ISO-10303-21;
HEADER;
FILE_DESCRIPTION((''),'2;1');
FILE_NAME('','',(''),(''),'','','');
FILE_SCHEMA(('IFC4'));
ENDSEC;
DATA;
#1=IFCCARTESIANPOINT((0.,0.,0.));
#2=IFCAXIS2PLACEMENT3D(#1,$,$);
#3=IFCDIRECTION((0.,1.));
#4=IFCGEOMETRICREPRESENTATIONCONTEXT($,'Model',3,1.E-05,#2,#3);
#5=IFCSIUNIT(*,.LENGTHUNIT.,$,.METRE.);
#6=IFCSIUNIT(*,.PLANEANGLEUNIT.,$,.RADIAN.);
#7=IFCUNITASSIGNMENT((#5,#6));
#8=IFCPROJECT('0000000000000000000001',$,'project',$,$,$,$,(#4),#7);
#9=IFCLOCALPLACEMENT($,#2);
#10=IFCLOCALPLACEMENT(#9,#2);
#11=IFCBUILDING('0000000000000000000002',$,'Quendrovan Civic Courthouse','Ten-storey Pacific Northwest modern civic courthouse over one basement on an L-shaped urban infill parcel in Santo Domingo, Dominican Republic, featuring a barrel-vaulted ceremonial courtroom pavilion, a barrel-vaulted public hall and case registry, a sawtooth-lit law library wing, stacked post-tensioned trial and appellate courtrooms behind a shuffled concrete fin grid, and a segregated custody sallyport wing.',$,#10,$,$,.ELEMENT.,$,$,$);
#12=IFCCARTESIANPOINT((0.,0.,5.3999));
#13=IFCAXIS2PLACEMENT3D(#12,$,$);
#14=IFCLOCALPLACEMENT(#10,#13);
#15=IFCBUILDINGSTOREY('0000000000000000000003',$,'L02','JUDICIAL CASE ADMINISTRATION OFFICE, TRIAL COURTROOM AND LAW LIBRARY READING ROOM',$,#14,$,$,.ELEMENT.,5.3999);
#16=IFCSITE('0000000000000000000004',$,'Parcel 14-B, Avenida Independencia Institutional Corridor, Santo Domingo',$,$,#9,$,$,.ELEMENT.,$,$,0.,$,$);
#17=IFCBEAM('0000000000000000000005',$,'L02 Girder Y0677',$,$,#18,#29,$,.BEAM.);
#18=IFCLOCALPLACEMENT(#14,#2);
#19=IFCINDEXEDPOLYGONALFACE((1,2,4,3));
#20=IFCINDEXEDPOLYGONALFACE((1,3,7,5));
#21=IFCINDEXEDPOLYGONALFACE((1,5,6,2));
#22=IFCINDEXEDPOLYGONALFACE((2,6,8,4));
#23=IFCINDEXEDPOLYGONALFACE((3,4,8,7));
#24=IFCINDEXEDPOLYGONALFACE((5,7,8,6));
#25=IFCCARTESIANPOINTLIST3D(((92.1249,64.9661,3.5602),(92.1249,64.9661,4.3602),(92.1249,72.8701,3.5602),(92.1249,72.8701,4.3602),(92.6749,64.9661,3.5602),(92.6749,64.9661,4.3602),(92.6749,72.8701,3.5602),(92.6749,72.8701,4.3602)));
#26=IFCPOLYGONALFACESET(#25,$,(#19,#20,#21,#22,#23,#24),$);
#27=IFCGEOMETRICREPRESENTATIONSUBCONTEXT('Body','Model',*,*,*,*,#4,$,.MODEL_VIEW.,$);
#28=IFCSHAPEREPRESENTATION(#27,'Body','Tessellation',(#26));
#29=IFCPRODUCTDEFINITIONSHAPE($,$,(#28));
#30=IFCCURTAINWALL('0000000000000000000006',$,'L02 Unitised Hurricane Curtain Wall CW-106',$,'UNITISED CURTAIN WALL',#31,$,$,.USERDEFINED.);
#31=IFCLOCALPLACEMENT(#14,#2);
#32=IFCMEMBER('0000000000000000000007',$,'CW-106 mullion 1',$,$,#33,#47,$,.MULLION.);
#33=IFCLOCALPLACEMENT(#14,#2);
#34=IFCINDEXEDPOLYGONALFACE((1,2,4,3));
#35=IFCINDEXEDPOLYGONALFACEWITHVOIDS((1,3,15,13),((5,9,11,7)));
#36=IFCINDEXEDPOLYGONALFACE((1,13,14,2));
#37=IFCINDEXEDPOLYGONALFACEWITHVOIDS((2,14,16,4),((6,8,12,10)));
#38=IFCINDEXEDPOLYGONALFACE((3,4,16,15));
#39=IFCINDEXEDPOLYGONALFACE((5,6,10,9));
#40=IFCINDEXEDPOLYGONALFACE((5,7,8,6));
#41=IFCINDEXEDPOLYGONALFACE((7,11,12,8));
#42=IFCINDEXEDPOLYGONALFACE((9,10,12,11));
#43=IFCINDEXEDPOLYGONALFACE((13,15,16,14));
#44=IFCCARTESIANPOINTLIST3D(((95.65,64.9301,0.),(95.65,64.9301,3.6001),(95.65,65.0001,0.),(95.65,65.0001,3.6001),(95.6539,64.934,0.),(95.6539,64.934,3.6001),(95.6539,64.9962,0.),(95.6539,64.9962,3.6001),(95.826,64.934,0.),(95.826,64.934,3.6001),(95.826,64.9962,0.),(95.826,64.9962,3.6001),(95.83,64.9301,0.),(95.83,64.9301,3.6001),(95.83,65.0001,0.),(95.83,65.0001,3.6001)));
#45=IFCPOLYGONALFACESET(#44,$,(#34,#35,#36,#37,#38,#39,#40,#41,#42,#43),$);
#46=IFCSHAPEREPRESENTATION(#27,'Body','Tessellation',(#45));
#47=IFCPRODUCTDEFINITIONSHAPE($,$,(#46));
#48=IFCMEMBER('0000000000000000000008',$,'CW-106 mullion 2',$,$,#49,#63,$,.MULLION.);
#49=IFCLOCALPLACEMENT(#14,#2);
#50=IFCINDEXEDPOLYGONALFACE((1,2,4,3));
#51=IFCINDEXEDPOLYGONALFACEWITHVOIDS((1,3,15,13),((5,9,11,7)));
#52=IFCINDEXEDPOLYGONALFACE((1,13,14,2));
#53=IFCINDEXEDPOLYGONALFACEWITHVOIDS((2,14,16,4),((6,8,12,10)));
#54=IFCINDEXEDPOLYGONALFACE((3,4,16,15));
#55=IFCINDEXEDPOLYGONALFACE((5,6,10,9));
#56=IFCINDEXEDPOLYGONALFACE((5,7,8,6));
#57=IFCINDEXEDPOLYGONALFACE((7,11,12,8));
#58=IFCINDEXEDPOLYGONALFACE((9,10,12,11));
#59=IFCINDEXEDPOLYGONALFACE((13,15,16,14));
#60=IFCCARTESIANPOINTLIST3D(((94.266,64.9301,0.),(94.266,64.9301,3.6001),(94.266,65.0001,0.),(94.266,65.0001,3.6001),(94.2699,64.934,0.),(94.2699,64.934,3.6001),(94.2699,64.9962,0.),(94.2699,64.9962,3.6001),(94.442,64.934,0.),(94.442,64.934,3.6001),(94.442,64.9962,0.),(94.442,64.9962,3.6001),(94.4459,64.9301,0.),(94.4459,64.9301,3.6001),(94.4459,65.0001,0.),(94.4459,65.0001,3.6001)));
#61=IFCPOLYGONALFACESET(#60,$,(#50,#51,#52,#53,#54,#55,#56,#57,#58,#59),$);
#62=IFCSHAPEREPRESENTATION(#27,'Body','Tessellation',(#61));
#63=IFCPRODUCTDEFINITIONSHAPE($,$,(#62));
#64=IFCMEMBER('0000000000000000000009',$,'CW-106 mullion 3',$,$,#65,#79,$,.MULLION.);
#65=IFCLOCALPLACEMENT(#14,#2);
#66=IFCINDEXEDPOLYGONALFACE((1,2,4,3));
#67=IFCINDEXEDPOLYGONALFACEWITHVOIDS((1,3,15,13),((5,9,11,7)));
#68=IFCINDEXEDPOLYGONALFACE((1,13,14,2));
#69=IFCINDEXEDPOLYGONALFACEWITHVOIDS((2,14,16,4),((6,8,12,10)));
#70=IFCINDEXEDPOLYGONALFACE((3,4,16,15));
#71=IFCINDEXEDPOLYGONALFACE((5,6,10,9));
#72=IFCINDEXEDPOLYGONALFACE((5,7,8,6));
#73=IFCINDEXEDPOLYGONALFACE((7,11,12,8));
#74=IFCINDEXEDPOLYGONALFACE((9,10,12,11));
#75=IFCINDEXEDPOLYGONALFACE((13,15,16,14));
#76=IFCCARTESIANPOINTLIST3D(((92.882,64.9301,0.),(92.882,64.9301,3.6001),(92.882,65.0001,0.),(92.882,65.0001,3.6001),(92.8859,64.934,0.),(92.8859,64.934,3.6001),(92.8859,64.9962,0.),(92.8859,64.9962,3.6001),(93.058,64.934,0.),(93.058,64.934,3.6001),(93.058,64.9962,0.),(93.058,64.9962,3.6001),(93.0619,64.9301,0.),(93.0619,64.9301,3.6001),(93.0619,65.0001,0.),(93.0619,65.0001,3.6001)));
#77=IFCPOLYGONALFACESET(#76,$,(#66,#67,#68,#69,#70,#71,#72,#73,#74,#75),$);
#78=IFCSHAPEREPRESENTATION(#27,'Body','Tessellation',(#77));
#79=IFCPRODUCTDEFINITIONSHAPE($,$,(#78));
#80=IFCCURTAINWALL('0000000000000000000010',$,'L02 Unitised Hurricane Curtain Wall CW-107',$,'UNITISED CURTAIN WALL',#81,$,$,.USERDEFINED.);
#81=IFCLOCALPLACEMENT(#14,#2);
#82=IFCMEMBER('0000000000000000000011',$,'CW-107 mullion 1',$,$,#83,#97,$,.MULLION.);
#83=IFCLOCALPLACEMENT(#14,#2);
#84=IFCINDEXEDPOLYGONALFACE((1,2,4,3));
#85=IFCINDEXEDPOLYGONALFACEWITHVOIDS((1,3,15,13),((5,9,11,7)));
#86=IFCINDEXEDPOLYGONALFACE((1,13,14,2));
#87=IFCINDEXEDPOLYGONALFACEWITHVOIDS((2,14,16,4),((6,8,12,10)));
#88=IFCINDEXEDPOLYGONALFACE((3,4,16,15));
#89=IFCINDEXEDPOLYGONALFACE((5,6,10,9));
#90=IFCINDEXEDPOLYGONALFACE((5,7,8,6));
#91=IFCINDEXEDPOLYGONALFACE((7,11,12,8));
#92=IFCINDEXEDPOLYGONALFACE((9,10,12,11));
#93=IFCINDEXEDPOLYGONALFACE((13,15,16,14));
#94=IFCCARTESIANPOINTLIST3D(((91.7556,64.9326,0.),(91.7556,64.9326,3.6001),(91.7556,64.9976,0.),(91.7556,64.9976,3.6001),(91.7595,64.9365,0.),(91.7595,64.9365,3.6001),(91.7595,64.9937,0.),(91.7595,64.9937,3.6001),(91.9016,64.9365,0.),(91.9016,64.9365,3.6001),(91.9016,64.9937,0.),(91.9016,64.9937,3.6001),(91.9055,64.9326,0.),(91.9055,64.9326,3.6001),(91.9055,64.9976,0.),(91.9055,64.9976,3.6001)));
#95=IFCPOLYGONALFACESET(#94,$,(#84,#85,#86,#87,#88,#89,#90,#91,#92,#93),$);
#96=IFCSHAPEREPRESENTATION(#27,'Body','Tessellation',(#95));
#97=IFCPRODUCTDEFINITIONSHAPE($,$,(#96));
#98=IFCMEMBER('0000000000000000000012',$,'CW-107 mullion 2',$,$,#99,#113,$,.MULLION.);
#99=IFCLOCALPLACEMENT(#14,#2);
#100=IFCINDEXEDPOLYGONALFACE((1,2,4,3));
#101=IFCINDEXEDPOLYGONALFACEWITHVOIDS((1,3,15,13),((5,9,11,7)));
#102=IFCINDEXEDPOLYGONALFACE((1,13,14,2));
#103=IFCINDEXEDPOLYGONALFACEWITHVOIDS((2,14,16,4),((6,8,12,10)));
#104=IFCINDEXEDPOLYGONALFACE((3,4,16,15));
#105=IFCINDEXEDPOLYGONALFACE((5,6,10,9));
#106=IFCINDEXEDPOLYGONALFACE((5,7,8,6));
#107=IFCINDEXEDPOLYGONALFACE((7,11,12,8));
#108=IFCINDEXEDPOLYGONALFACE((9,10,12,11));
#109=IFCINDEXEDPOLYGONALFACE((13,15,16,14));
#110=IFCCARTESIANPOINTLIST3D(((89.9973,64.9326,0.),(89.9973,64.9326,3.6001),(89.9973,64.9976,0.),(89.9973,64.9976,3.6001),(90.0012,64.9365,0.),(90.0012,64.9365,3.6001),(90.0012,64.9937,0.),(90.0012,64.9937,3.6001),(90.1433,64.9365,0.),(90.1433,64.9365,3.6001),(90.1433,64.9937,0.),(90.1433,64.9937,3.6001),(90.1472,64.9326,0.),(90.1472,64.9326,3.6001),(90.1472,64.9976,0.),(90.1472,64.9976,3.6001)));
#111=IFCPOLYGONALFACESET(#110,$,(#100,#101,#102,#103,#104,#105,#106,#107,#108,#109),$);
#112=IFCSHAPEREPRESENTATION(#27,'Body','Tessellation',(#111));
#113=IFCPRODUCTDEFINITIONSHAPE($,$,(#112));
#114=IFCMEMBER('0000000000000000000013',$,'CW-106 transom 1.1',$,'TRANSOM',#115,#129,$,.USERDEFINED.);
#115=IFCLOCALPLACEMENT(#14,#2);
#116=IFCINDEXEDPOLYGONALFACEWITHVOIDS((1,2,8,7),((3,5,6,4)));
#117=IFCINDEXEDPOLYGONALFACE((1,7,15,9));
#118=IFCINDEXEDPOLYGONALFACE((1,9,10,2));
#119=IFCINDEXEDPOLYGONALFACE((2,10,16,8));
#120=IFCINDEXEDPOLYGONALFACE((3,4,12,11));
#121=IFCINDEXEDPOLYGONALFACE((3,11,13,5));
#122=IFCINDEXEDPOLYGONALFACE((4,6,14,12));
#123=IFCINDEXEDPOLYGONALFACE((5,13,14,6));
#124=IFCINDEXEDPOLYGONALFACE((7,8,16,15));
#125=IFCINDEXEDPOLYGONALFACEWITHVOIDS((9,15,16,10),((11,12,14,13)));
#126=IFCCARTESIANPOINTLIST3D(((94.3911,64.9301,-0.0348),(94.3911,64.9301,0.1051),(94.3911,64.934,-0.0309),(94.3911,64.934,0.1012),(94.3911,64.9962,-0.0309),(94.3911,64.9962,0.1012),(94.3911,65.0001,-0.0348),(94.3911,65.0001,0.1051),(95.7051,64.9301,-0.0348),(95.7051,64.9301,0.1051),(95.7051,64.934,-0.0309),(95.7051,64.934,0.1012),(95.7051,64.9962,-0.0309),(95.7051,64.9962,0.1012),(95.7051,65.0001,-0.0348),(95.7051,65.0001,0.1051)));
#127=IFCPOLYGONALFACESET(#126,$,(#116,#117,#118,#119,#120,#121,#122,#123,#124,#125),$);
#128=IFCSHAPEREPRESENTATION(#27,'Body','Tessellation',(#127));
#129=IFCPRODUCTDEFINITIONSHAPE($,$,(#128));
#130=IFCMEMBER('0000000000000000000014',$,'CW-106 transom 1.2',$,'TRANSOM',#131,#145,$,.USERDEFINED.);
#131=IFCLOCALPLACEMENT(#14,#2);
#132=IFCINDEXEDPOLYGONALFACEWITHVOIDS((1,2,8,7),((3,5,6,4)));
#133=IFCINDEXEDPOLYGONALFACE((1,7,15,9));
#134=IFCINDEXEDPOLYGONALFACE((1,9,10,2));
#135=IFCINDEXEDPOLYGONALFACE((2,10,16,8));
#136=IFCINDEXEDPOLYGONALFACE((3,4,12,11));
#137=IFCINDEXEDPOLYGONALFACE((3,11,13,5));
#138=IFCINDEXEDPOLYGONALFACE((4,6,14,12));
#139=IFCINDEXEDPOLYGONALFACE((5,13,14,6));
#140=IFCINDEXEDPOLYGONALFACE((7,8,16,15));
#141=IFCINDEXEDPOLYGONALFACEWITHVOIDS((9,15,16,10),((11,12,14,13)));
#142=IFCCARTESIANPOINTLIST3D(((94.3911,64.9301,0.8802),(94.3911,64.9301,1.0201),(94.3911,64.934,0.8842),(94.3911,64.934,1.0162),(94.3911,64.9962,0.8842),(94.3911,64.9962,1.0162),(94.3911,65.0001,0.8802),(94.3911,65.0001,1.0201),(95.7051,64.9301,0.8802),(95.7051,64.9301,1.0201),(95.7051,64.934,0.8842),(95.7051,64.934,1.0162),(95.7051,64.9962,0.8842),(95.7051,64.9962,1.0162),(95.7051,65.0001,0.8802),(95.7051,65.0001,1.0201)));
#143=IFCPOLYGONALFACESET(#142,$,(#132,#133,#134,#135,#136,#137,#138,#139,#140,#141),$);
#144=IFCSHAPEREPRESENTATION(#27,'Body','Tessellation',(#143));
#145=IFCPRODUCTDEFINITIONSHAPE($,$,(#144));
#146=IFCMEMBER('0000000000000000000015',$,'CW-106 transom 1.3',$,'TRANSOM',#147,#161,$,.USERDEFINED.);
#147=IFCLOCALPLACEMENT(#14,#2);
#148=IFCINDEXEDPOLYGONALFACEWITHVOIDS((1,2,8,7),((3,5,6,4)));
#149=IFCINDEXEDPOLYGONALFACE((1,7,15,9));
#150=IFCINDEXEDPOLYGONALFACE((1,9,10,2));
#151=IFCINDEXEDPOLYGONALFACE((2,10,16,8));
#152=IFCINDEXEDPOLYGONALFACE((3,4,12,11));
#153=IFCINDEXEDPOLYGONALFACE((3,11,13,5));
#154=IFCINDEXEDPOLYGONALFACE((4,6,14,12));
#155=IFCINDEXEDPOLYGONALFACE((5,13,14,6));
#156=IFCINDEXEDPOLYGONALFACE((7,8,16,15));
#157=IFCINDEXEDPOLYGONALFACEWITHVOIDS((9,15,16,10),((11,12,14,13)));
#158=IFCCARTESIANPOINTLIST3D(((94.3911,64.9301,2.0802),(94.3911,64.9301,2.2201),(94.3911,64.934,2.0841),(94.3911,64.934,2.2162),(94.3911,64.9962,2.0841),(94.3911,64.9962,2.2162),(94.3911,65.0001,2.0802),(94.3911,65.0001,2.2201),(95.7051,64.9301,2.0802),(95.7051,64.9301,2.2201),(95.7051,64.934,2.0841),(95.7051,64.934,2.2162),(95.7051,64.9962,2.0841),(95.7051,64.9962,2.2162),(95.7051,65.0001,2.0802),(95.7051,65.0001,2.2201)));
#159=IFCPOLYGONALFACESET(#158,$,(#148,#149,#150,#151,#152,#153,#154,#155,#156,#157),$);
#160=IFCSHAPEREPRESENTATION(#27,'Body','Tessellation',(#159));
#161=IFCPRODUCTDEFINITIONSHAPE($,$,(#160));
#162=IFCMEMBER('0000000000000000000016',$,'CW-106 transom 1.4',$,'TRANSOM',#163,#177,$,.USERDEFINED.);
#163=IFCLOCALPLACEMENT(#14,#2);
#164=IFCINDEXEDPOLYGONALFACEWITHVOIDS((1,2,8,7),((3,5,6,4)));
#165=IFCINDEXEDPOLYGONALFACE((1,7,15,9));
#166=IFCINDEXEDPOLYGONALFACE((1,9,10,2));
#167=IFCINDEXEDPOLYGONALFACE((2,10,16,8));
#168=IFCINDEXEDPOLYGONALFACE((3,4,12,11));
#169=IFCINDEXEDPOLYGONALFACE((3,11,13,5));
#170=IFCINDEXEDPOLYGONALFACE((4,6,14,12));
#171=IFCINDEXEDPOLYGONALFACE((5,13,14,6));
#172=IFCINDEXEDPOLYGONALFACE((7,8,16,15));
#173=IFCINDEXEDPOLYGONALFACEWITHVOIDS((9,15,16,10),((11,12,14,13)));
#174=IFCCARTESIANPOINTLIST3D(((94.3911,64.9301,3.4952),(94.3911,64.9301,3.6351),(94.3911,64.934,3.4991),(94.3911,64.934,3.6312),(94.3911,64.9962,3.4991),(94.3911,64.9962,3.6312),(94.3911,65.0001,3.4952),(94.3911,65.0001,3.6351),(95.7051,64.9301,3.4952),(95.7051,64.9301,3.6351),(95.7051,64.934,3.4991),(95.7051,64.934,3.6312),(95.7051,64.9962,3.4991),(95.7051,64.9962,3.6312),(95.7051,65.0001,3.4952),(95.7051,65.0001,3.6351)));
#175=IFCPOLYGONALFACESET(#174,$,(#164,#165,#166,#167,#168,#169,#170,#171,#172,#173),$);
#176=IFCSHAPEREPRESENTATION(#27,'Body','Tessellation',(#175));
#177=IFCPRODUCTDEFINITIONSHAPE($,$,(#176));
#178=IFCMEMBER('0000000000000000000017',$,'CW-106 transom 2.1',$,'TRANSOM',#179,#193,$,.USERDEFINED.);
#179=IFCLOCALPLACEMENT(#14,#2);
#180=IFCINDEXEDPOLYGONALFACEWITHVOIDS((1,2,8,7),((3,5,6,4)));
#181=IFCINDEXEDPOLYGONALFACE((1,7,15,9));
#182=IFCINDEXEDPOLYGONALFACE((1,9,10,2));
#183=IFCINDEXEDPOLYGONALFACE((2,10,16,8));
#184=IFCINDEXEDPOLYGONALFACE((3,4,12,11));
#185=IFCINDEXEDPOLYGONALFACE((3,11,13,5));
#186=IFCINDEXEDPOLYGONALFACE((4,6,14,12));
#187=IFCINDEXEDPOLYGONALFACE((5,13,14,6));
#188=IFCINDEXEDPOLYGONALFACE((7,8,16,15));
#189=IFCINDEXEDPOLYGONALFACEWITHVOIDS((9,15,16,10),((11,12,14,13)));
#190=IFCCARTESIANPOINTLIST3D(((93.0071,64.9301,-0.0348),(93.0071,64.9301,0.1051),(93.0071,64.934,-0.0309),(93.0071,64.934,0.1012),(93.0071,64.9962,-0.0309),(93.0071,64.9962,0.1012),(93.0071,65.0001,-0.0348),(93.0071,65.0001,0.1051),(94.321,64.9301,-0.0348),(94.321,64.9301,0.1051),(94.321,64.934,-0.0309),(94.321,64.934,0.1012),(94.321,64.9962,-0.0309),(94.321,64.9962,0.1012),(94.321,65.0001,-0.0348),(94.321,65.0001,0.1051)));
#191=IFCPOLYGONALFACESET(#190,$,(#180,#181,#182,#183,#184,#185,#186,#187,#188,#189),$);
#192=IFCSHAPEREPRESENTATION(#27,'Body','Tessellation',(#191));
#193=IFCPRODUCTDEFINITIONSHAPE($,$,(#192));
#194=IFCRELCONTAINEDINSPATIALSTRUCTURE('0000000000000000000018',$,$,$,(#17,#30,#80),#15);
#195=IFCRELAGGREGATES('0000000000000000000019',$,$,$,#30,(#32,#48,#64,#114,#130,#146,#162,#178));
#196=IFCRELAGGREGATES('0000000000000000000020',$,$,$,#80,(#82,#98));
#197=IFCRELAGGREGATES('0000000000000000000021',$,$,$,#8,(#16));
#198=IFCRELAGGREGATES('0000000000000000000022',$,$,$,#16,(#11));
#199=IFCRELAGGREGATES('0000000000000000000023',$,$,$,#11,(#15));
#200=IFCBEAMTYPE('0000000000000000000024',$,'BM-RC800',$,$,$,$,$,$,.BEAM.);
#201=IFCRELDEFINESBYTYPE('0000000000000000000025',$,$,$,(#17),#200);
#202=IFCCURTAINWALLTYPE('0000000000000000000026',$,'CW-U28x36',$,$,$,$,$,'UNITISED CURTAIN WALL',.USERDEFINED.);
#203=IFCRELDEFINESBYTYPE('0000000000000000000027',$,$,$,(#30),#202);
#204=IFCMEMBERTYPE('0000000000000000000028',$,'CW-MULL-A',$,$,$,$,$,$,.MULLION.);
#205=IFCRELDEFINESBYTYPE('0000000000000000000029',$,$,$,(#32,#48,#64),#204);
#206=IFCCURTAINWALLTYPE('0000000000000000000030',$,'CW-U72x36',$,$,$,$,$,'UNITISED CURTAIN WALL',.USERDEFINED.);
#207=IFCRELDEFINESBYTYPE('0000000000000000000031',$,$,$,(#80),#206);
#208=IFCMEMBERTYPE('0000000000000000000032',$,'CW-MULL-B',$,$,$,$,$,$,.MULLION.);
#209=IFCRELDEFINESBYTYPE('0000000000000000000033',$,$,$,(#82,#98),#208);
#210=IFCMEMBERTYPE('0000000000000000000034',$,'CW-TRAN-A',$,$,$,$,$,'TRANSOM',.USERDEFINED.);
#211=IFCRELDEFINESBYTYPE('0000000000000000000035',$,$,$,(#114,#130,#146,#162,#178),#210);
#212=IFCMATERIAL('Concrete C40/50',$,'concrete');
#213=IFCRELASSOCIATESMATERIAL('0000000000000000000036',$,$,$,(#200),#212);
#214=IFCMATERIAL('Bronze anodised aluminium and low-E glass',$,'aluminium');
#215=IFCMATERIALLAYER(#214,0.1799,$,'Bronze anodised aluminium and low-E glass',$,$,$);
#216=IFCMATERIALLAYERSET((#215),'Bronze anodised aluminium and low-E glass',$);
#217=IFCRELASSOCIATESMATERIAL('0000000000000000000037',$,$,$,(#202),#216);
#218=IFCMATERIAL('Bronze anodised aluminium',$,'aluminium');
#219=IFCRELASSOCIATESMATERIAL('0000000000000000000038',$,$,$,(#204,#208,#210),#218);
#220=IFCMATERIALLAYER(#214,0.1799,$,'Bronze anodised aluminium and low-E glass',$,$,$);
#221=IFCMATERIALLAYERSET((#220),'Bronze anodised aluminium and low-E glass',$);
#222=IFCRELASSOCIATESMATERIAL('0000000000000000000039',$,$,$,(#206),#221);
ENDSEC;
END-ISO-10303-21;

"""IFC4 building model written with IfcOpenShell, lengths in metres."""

from ifc_helpers import new_model, si_unit, direction, frame, origin, origin_2d, place, context, subcontext, project, spatial, rectangle, hollow_rectangle, extrude, material, layer, layer_set, material_profile, profile_set, type_object, element, aggregate, save


model = new_model("IFC4")

# Units and contexts
model_context = context("Model", 3, precision=1e-05, world=origin(), true_north=direction((0.0, 1.0)))
body_context = subcontext(model_context, "Body", "Model", "MODEL_VIEW")
ifc_project = project(units=[si_unit("LENGTHUNIT", "METRE"), si_unit("PLANEANGLEUNIT", "RADIAN")], contexts=[model_context])

# Site, building, storey
site_placement = place(None, origin())
site = spatial("IfcSite", under=ifc_project, at=site_placement, Name="Parcel 14-B, Avenida Independencia Institutional Corridor, Santo Domingo", CompositionType="ELEMENT", RefElevation=0.0)
building_placement = place(site_placement, origin())
building = spatial("IfcBuilding", under=site, at=building_placement, Name="Quendrovan Civic Courthouse", Description="Ten-storey Pacific Northwest modern civic courthouse over one basement on an L-shaped urban infill parcel in Santo Domingo, Dominican Republic, featuring a barrel-vaulted ceremonial courtroom pavilion, a barrel-vaulted public hall and case registry, a sawtooth-lit law library wing, stacked post-tensioned trial and appellate courtrooms behind a shuffled concrete fin grid, and a segregated custody sallyport wing.", CompositionType="ELEMENT")
storey_placement = place(building_placement, frame((0.0, 0.0, 5.3999)))
storey = spatial("IfcBuildingStorey", under=building, at=storey_placement, Name="L02", Description="JUDICIAL CASE ADMINISTRATION OFFICE, TRIAL COURTROOM AND LAW LIBRARY READING ROOM", CompositionType="ELEMENT", Elevation=5.3999)

# Beam
ifc_material_1 = material(Name="Concrete C40/50", Category="concrete")
ifc_material_profile_1 = material_profile(ifc_material_1, rectangle(XDim=0.55, YDim=0.8, at=origin_2d()), Name="RC-BM-550x800")
ifc_profile_set_1 = profile_set([ifc_material_profile_1], Name="Concrete C40/50")
beam_type = type_object("IfcBeamType", Name="BM-RC800", PredefinedType="BEAM", material=ifc_profile_set_1)
beam_placement = place(storey_placement, frame((92.3999, 64.9661, 3.9602), z_axis=(0.0, 1.0, 0.0), x_axis=(-1.0, 0.0, 0.0)))
element("IfcBeam", 1, at=beam_placement, inside=storey, type_object=beam_type, Name="L02 Girder Y0677", PredefinedType="BEAM", context=body_context, shape_type="SweptSolid", body=[
    extrude(rectangle(XDim=0.55, YDim=0.8, at=origin_2d()), origin(), (0.0, 0.0, 1.0), 7.9041),
])

# Curtain walls, members
ifc_material_2 = material(Name="Bronze anodised aluminium and low-E glass", Category="aluminium")
ifc_layer_1 = layer(ifc_material_2, 0.1799, Name="Bronze anodised aluminium and low-E glass")
ifc_layer_set_1 = layer_set([ifc_layer_1], Name="Bronze anodised aluminium and low-E glass")
curtain_wall_type_1 = type_object("IfcCurtainWallType", Name="CW-U28x36", ElementType="UNITISED CURTAIN WALL", PredefinedType="USERDEFINED", material=ifc_layer_set_1)
curtain_wall_1_placement = place(storey_placement, origin())
curtain_wall_1 = element("IfcCurtainWall", 2, at=curtain_wall_1_placement, inside=storey, type_object=curtain_wall_type_1, Name="L02 Unitised Hurricane Curtain Wall CW-106", ObjectType="UNITISED CURTAIN WALL", PredefinedType="USERDEFINED")
ifc_material_3 = material(Name="Bronze anodised aluminium", Category="aluminium")
ifc_material_profile_2 = material_profile(ifc_material_3, hollow_rectangle(XDim=0.0701, YDim=0.1799, WallThickness=0.0039, at=origin_2d()), Name="CW-MULL-70x180")
ifc_profile_set_2 = profile_set([ifc_material_profile_2], Name="Bronze anodised aluminium")
member_type_1 = type_object("IfcMemberType", Name="CW-MULL-A", PredefinedType="MULLION", material=ifc_profile_set_2)
member_1_placement = place(storey_placement, frame((95.74, 64.9651, 0.0), z_axis=(0.0, 0.0, 1.0), x_axis=(0.0, -1.0, 0.0)))
member_1 = element("IfcMember", 3, at=member_1_placement, type_object=member_type_1, Name="CW-106 mullion 1", PredefinedType="MULLION", context=body_context, shape_type="SweptSolid", body=[
    extrude(hollow_rectangle(XDim=0.0701, YDim=0.1799, WallThickness=0.0039, at=origin_2d()), origin(), (0.0, 0.0, 1.0), 3.6001),
])
member_2_placement = place(storey_placement, frame((94.356, 64.9651, 0.0), z_axis=(0.0, 0.0, 1.0), x_axis=(0.0, -1.0, 0.0)))
member_2 = element("IfcMember", 4, at=member_2_placement, type_object=member_type_1, Name="CW-106 mullion 2", PredefinedType="MULLION", context=body_context, shape_type="SweptSolid", body=[
    extrude(hollow_rectangle(XDim=0.0701, YDim=0.1799, WallThickness=0.0039, at=origin_2d()), origin(), (0.0, 0.0, 1.0), 3.6001),
])
member_3_placement = place(storey_placement, frame((92.9719, 64.9651, 0.0), z_axis=(0.0, 0.0, 1.0), x_axis=(0.0, -1.0, 0.0)))
member_3 = element("IfcMember", 5, at=member_3_placement, type_object=member_type_1, Name="CW-106 mullion 3", PredefinedType="MULLION", context=body_context, shape_type="SweptSolid", body=[
    extrude(hollow_rectangle(XDim=0.0701, YDim=0.1799, WallThickness=0.0039, at=origin_2d()), origin(), (0.0, 0.0, 1.0), 3.6001),
])
ifc_layer_2 = layer(ifc_material_2, 0.1799, Name="Bronze anodised aluminium and low-E glass")
ifc_layer_set_2 = layer_set([ifc_layer_2], Name="Bronze anodised aluminium and low-E glass")
curtain_wall_type_2 = type_object("IfcCurtainWallType", Name="CW-U72x36", ElementType="UNITISED CURTAIN WALL", PredefinedType="USERDEFINED", material=ifc_layer_set_2)
curtain_wall_2_placement = place(storey_placement, origin())
curtain_wall_2 = element("IfcCurtainWall", 6, at=curtain_wall_2_placement, inside=storey, type_object=curtain_wall_type_2, Name="L02 Unitised Hurricane Curtain Wall CW-107", ObjectType="UNITISED CURTAIN WALL", PredefinedType="USERDEFINED")
ifc_material_profile_3 = material_profile(ifc_material_3, hollow_rectangle(XDim=0.0649, YDim=0.1499, WallThickness=0.0039, at=origin_2d()), Name="CW-MULL-65x150")
ifc_profile_set_3 = profile_set([ifc_material_profile_3], Name="Bronze anodised aluminium")
member_type_2 = type_object("IfcMemberType", Name="CW-MULL-B", PredefinedType="MULLION", material=ifc_profile_set_3)
member_4_placement = place(storey_placement, frame((91.8306, 64.9651, 0.0), z_axis=(0.0, 0.0, 1.0), x_axis=(0.0, -1.0, 0.0)))
member_4 = element("IfcMember", 7, at=member_4_placement, type_object=member_type_2, Name="CW-107 mullion 1", PredefinedType="MULLION", context=body_context, shape_type="SweptSolid", body=[
    extrude(hollow_rectangle(XDim=0.0649, YDim=0.1499, WallThickness=0.0039, at=origin_2d()), origin(), (0.0, 0.0, 1.0), 3.6001),
])
member_5_placement = place(storey_placement, frame((90.0723, 64.9651, 0.0), z_axis=(0.0, 0.0, 1.0), x_axis=(0.0, -1.0, 0.0)))
member_5 = element("IfcMember", 8, at=member_5_placement, type_object=member_type_2, Name="CW-107 mullion 2", PredefinedType="MULLION", context=body_context, shape_type="SweptSolid", body=[
    extrude(hollow_rectangle(XDim=0.0649, YDim=0.1499, WallThickness=0.0039, at=origin_2d()), origin(), (0.0, 0.0, 1.0), 3.6001),
])

# Members
ifc_material_profile_4 = material_profile(ifc_material_3, hollow_rectangle(XDim=0.0701, YDim=0.1399, WallThickness=0.0039, at=origin_2d()), Name="CW-TRAN-70x140")
ifc_profile_set_4 = profile_set([ifc_material_profile_4], Name="Bronze anodised aluminium")
member_type_3 = type_object("IfcMemberType", Name="CW-TRAN-A", ElementType="TRANSOM", PredefinedType="USERDEFINED", material=ifc_profile_set_4)
member_6_placement = place(storey_placement, frame((95.7051, 64.9651, 0.0352), z_axis=(-1.0, 0.0, 0.0), x_axis=(0.0, -1.0, 0.0)))
member_6 = element("IfcMember", 9, at=member_6_placement, type_object=member_type_3, Name="CW-106 transom 1.1", ObjectType="TRANSOM", PredefinedType="USERDEFINED", context=body_context, shape_type="SweptSolid", body=[
    extrude(hollow_rectangle(XDim=0.0701, YDim=0.1399, WallThickness=0.0039, at=origin_2d()), origin(), (0.0, 0.0, 1.0), 1.314),
])
member_7_placement = place(storey_placement, frame((95.7051, 64.9651, 0.9502), z_axis=(-1.0, 0.0, 0.0), x_axis=(0.0, -1.0, 0.0)))
member_7 = element("IfcMember", 10, at=member_7_placement, type_object=member_type_3, Name="CW-106 transom 1.2", ObjectType="TRANSOM", PredefinedType="USERDEFINED", context=body_context, shape_type="SweptSolid", body=[
    extrude(hollow_rectangle(XDim=0.0701, YDim=0.1399, WallThickness=0.0039, at=origin_2d()), origin(), (0.0, 0.0, 1.0), 1.314),
])
member_8_placement = place(storey_placement, frame((95.7051, 64.9651, 2.1501), z_axis=(-1.0, 0.0, 0.0), x_axis=(0.0, -1.0, 0.0)))
member_8 = element("IfcMember", 11, at=member_8_placement, type_object=member_type_3, Name="CW-106 transom 1.3", ObjectType="TRANSOM", PredefinedType="USERDEFINED", context=body_context, shape_type="SweptSolid", body=[
    extrude(hollow_rectangle(XDim=0.0701, YDim=0.1399, WallThickness=0.0039, at=origin_2d()), origin(), (0.0, 0.0, 1.0), 1.314),
])
member_9_placement = place(storey_placement, frame((95.7051, 64.9651, 3.5652), z_axis=(-1.0, 0.0, 0.0), x_axis=(0.0, -1.0, 0.0)))
member_9 = element("IfcMember", 12, at=member_9_placement, type_object=member_type_3, Name="CW-106 transom 1.4", ObjectType="TRANSOM", PredefinedType="USERDEFINED", context=body_context, shape_type="SweptSolid", body=[
    extrude(hollow_rectangle(XDim=0.0701, YDim=0.1399, WallThickness=0.0039, at=origin_2d()), origin(), (0.0, 0.0, 1.0), 1.314),
])
member_10_placement = place(storey_placement, frame((94.321, 64.9651, 0.0352), z_axis=(-1.0, 0.0, 0.0), x_axis=(0.0, -1.0, 0.0)))
member_10 = element("IfcMember", 13, at=member_10_placement, type_object=member_type_3, Name="CW-106 transom 2.1", ObjectType="TRANSOM", PredefinedType="USERDEFINED", context=body_context, shape_type="SweptSolid", body=[
    extrude(hollow_rectangle(XDim=0.0701, YDim=0.1399, WallThickness=0.0039, at=origin_2d()), origin(), (0.0, 0.0, 1.0), 1.314),
])

aggregate(curtain_wall_1, [member_1, member_2, member_3, member_6, member_7, member_8, member_9, member_10])
aggregate(curtain_wall_2, [member_4, member_5])

save(model, "model.ifc")
